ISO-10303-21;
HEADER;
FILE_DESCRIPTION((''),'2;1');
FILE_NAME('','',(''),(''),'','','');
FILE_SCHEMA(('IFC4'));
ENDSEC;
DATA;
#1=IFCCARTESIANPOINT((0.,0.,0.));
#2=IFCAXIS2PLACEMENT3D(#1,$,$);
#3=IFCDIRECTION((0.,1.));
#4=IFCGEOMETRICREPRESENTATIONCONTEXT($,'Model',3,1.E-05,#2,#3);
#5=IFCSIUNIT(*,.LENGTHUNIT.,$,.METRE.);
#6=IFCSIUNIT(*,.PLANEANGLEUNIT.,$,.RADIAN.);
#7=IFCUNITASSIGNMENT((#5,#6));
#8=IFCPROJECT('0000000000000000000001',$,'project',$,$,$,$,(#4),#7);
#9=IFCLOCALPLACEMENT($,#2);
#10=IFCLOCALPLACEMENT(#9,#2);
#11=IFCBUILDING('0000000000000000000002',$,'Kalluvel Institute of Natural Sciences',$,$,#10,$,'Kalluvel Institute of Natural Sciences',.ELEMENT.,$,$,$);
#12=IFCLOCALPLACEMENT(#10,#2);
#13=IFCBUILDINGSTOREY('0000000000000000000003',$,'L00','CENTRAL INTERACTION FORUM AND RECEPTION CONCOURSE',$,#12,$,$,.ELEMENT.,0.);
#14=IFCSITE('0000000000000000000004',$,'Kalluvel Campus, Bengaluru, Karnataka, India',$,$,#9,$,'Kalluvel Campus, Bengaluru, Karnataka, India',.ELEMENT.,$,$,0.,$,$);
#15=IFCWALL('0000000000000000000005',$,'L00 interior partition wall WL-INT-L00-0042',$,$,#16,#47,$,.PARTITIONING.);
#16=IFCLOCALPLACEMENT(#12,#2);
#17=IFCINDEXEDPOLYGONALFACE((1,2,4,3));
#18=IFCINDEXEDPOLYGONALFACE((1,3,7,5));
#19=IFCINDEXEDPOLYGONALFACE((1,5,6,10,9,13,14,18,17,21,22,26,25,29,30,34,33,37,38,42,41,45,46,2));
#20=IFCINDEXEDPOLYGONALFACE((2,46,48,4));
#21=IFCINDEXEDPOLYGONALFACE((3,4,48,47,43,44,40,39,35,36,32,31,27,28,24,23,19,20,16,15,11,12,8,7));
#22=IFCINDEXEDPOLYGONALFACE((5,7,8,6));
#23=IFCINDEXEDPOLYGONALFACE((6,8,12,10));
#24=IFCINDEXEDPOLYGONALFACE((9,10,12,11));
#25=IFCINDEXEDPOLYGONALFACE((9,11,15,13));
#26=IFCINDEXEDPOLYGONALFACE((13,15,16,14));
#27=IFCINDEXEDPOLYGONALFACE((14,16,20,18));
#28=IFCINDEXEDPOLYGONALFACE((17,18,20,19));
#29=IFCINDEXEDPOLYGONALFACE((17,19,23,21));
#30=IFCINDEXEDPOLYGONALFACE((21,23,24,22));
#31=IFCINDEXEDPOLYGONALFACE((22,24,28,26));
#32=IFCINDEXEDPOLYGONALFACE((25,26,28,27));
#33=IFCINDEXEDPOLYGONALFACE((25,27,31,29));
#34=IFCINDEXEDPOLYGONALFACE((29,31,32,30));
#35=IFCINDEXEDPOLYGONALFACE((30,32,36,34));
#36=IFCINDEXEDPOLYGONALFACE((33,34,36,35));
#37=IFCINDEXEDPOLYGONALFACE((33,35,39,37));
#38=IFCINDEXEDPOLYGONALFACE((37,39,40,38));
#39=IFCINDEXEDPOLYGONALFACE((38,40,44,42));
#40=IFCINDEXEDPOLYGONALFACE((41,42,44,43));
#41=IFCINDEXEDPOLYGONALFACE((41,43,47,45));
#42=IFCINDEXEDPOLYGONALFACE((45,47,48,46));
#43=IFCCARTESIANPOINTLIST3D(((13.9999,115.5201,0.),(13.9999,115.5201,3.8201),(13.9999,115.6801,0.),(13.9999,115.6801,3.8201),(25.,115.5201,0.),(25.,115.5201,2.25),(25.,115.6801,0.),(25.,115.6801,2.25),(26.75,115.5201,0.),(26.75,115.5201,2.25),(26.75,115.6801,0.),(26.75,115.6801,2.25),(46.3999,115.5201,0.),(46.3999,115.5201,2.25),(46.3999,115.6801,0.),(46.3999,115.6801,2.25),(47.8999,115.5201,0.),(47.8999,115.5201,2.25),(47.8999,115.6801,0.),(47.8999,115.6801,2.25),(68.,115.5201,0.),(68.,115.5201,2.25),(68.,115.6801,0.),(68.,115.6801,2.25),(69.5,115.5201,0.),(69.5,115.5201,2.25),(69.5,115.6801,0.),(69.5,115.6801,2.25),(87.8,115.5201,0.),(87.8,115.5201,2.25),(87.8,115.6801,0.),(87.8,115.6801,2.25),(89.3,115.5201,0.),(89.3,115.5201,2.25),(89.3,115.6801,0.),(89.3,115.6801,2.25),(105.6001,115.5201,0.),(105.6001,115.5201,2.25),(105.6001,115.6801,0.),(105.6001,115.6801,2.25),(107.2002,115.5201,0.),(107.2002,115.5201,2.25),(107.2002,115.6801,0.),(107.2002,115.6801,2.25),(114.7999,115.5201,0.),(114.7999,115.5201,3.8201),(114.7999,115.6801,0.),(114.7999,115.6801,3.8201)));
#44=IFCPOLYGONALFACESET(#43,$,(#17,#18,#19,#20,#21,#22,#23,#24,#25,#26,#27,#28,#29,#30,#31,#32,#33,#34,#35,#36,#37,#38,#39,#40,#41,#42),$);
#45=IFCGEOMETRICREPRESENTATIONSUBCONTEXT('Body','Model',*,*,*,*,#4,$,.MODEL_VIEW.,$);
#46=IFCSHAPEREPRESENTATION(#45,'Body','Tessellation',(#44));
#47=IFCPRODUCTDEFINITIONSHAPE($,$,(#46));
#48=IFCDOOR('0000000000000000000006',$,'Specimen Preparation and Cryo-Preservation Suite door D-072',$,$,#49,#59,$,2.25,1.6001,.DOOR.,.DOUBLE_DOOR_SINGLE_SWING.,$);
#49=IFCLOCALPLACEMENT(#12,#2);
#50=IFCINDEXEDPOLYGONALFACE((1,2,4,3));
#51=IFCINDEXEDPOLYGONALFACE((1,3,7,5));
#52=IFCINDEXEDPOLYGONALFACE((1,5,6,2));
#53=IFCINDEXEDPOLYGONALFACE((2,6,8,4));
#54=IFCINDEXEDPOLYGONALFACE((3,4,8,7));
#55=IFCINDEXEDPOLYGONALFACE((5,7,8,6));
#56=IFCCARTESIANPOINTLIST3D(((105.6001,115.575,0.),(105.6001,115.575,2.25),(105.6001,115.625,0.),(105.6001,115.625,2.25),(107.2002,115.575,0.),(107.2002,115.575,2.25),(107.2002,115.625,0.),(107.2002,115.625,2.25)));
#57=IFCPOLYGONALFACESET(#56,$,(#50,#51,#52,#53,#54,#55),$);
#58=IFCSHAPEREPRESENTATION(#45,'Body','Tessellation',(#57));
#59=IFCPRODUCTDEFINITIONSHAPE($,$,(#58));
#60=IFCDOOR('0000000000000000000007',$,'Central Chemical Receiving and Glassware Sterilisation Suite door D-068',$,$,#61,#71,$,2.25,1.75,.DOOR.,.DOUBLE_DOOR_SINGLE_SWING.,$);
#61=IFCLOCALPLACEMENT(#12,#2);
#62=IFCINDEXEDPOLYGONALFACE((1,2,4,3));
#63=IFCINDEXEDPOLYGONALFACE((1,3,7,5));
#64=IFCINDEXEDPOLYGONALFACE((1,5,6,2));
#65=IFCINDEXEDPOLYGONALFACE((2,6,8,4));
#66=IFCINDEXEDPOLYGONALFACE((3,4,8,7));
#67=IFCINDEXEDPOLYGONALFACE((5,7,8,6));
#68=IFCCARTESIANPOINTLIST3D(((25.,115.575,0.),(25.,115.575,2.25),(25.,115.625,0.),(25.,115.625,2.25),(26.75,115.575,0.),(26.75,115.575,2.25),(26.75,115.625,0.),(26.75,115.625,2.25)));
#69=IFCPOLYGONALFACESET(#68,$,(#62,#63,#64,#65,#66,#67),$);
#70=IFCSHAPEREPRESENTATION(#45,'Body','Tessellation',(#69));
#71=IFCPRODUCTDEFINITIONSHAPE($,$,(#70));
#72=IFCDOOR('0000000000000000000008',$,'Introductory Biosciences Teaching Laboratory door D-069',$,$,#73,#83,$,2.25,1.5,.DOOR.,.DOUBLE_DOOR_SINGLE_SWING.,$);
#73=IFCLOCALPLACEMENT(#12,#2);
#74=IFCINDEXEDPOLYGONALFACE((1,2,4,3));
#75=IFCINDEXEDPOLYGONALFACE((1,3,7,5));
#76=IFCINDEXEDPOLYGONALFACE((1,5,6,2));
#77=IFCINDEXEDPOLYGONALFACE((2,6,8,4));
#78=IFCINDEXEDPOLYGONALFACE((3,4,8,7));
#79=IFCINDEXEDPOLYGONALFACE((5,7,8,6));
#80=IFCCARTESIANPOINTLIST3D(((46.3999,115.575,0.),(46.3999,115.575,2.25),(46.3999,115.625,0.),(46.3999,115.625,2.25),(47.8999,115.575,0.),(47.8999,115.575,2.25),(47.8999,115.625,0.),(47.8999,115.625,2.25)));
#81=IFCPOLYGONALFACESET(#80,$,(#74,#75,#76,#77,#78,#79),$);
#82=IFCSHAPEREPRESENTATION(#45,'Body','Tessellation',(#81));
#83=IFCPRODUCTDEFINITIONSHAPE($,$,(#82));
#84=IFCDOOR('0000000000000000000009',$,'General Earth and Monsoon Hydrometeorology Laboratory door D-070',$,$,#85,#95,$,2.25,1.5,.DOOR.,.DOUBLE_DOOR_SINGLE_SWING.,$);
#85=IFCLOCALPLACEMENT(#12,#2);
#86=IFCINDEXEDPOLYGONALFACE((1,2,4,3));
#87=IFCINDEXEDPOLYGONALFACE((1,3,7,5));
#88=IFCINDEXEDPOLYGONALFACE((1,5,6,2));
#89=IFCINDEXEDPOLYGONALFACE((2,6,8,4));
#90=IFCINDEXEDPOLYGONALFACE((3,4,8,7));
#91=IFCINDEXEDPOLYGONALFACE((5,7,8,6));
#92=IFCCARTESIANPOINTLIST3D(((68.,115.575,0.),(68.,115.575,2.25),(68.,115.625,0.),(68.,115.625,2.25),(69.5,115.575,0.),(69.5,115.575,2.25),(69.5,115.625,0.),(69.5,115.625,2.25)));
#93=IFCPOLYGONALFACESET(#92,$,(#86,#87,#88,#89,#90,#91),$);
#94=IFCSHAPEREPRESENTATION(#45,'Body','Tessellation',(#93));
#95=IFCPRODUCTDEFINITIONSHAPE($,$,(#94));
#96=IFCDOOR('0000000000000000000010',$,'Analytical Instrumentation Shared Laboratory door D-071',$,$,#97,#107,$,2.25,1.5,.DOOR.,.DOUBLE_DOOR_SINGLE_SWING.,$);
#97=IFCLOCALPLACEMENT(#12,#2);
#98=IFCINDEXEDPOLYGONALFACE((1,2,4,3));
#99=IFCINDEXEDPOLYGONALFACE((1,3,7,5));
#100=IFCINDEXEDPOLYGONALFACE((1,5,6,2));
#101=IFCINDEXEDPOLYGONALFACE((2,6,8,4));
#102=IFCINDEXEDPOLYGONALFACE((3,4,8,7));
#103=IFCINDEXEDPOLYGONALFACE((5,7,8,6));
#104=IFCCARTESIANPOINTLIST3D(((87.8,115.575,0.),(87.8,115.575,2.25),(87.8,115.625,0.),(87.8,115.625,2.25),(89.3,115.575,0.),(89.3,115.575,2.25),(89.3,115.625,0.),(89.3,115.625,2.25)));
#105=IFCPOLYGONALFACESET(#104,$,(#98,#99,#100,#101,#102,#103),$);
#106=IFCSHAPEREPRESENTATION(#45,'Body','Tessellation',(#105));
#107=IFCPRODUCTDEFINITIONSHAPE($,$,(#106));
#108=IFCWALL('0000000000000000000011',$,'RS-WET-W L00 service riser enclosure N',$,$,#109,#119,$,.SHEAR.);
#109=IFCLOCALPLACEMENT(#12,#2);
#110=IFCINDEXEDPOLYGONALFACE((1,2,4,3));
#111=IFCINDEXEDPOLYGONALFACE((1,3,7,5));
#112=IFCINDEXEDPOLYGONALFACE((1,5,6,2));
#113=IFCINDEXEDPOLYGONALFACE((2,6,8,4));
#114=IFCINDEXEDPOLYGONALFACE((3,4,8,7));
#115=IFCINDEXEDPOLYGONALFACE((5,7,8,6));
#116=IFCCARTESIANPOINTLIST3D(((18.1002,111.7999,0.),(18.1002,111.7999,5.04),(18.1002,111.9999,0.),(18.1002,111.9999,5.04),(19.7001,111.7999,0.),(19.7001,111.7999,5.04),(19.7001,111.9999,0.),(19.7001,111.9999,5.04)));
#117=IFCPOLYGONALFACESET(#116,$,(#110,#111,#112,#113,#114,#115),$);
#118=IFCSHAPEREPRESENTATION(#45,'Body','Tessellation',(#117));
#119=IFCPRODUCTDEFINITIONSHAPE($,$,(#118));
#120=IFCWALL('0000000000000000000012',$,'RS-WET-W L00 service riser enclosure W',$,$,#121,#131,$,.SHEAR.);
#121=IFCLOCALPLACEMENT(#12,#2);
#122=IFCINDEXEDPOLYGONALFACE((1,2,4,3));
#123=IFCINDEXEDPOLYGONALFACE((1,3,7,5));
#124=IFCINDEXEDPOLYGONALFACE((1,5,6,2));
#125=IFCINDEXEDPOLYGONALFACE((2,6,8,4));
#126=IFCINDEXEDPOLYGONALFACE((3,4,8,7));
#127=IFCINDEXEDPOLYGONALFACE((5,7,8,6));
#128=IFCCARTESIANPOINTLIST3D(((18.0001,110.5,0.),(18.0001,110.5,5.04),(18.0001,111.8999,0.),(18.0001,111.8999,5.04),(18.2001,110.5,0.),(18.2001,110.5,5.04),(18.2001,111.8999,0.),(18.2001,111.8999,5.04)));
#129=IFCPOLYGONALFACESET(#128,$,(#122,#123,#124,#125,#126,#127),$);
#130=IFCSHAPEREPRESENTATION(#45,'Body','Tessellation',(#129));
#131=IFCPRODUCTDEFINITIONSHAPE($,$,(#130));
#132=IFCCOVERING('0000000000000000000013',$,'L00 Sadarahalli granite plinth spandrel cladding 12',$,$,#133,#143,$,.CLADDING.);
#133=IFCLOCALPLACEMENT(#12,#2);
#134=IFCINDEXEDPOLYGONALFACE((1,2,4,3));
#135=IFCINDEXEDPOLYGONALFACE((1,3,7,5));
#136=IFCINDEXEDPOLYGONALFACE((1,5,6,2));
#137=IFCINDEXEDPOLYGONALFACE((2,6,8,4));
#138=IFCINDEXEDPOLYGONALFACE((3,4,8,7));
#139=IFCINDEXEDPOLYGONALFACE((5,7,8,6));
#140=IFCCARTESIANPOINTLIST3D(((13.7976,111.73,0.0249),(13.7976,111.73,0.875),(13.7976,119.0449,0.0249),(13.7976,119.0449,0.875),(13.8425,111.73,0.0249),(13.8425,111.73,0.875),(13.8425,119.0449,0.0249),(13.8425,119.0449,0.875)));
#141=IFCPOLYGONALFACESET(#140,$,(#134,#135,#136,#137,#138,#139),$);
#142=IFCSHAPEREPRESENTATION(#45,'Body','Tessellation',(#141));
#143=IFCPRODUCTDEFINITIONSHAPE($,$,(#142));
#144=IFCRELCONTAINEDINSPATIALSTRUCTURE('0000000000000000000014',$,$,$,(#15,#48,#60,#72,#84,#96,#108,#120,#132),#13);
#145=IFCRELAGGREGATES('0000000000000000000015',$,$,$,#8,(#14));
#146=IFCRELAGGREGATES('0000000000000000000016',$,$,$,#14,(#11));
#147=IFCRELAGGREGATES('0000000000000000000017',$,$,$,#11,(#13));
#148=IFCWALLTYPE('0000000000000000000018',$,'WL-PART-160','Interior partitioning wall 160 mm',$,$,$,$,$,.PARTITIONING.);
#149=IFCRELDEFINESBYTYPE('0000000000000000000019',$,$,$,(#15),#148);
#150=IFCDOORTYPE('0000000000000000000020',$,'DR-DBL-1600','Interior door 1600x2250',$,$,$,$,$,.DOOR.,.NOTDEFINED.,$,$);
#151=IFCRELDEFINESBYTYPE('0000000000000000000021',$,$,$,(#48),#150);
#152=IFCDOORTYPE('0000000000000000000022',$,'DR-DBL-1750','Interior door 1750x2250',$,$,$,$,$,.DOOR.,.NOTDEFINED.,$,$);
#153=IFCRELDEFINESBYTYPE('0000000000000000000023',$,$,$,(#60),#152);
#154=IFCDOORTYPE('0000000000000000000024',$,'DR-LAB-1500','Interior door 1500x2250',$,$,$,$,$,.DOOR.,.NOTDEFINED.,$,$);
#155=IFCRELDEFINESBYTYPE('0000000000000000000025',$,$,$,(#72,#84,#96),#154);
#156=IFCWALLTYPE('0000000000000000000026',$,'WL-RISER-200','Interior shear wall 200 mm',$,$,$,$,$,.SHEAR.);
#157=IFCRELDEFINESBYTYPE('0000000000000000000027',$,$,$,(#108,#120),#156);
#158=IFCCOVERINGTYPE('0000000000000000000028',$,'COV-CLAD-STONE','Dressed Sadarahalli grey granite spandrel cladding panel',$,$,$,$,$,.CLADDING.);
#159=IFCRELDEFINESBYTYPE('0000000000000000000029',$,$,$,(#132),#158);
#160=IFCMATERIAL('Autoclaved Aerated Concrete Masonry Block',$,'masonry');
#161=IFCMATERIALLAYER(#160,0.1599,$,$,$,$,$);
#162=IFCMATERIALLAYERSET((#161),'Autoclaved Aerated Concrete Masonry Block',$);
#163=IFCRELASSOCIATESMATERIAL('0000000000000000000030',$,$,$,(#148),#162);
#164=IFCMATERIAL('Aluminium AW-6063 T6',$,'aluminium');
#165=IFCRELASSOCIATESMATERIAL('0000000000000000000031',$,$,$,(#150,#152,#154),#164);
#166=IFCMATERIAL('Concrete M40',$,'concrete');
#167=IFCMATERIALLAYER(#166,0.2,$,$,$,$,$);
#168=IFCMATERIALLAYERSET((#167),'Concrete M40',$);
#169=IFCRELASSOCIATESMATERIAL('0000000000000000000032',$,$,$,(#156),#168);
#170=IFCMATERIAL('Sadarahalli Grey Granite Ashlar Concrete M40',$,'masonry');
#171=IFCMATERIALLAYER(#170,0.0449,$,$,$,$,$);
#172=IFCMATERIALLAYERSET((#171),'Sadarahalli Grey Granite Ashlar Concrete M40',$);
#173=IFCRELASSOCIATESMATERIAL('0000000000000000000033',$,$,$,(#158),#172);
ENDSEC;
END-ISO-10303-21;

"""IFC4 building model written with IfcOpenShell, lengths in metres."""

from ifc_helpers import new_model, si_unit, direction, frame, frame_2d, origin, origin_2d, place, context, subcontext, project, spatial, rectangle, extrude, material, layer, layer_set, type_object, element, fill, save


model = new_model("IFC4")

# Units and contexts
model_context = context("Model", 3, precision=1e-05, world=origin(), true_north=direction((0.0, 1.0)))
body_context = subcontext(model_context, "Body", "Model", "MODEL_VIEW")
ifc_project = project(units=[si_unit("LENGTHUNIT", "METRE"), si_unit("PLANEANGLEUNIT", "RADIAN")], contexts=[model_context])

# Site, building, storey
site_placement = place(None, origin())
site = spatial("IfcSite", under=ifc_project, at=site_placement, Name="Kalluvel Campus, Bengaluru, Karnataka, India", LongName="Kalluvel Campus, Bengaluru, Karnataka, India", CompositionType="ELEMENT", RefElevation=0.0)
building_placement = place(site_placement, origin())
building = spatial("IfcBuilding", under=site, at=building_placement, Name="Kalluvel Institute of Natural Sciences", LongName="Kalluvel Institute of Natural Sciences", CompositionType="ELEMENT")
storey_placement = place(building_placement, origin())
storey = spatial("IfcBuildingStorey", under=building, at=storey_placement, Name="L00", Description="CENTRAL INTERACTION FORUM AND RECEPTION CONCOURSE", CompositionType="ELEMENT", Elevation=0.0)

# Shared definitions
ifc_material_1 = material(Name="Concrete M40", Category="concrete")

# Shared definitions
ifc_material_2 = material(Name="Sadarahalli Grey Granite Ashlar Concrete M40", Category="masonry")

# Wall, openings, doors
ifc_material_3 = material(Name="Autoclaved Aerated Concrete Masonry Block", Category="masonry")
ifc_layer_1 = layer(ifc_material_3, 0.1599)
ifc_layer_set_1 = layer_set([ifc_layer_1], Name="Autoclaved Aerated Concrete Masonry Block")
wall_type_1 = type_object("IfcWallType", Name="WL-PART-160", Description="Interior partitioning wall 160 mm", PredefinedType="PARTITIONING", material=ifc_layer_set_1)
wall_1_placement = place(storey_placement, frame((14.0, 115.6001, 0.0), z_axis=(0.0, 0.0, 1.0), x_axis=(1.0, 0.0, 0.0)))
wall_1 = element("IfcWall", 1, at=wall_1_placement, inside=storey, type_object=wall_type_1, Name="L00 interior partition wall WL-INT-L00-0042", PredefinedType="PARTITIONING", context=body_context, shape_type="SweptSolid", body=[
    extrude(rectangle(XDim=100.8, YDim=0.1599, at=frame_2d((50.3999, 0.0))), origin(), (0.0, 0.0, 1.0), 3.8201),
])
opening_1_placement = place(wall_1_placement, frame((11.0, 0.0, 0.0)))
opening_1 = element("IfcOpeningElement", 2, at=opening_1_placement, cuts=wall_1, PredefinedType="OPENING", context=body_context, shape_type="SweptSolid", body=[
    extrude(rectangle(XDim=1.75, YDim=2.25, at=frame_2d((0.875, 1.125))), frame((0.0, 0.0898, 0.0), z_axis=(0.0, -1.0, 0.0), x_axis=(1.0, 0.0, 0.0)), (0.0, 0.0, 1.0), 0.1799),
])
opening_2_placement = place(wall_1_placement, frame((32.3999, 0.0, 0.0)))
opening_2 = element("IfcOpeningElement", 3, at=opening_2_placement, cuts=wall_1, PredefinedType="OPENING", context=body_context, shape_type="SweptSolid", body=[
    extrude(rectangle(XDim=1.5, YDim=2.25, at=frame_2d((0.75, 1.125))), frame((0.0, 0.0898, 0.0), z_axis=(0.0, -1.0, 0.0), x_axis=(1.0, 0.0, 0.0)), (0.0, 0.0, 1.0), 0.1799),
])
opening_3_placement = place(wall_1_placement, frame((54.0, 0.0, 0.0)))
opening_3 = element("IfcOpeningElement", 4, at=opening_3_placement, cuts=wall_1, PredefinedType="OPENING", context=body_context, shape_type="SweptSolid", body=[
    extrude(rectangle(XDim=1.5, YDim=2.25, at=frame_2d((0.75, 1.125))), frame((0.0, 0.0898, 0.0), z_axis=(0.0, -1.0, 0.0), x_axis=(1.0, 0.0, 0.0)), (0.0, 0.0, 1.0), 0.1799),
])
opening_4_placement = place(wall_1_placement, frame((73.8, 0.0, 0.0)))
opening_4 = element("IfcOpeningElement", 5, at=opening_4_placement, cuts=wall_1, PredefinedType="OPENING", context=body_context, shape_type="SweptSolid", body=[
    extrude(rectangle(XDim=1.5, YDim=2.25, at=frame_2d((0.75, 1.125))), frame((0.0, 0.0898, 0.0), z_axis=(0.0, -1.0, 0.0), x_axis=(1.0, 0.0, 0.0)), (0.0, 0.0, 1.0), 0.1799),
])
opening_5_placement = place(wall_1_placement, frame((91.6001, 0.0, 0.0)))
opening_5 = element("IfcOpeningElement", 6, at=opening_5_placement, cuts=wall_1, PredefinedType="OPENING", context=body_context, shape_type="SweptSolid", body=[
    extrude(rectangle(XDim=1.6001, YDim=2.25, at=frame_2d((0.8, 1.125))), frame((0.0, 0.0898, 0.0), z_axis=(0.0, -1.0, 0.0), x_axis=(1.0, 0.0, 0.0)), (0.0, 0.0, 1.0), 0.1799),
])
ifc_material_4 = material(Name="Aluminium AW-6063 T6", Category="aluminium")
door_type_1 = type_object("IfcDoorType", Name="DR-DBL-1600", Description="Interior door 1600x2250", OperationType="NOTDEFINED", PredefinedType="DOOR", material=ifc_material_4)
door_1_placement = place(opening_5_placement, origin())
door_1 = element("IfcDoor", 7, at=door_1_placement, inside=storey, type_object=door_type_1, Name="Specimen Preparation and Cryo-Preservation Suite door D-072", OperationType="DOUBLE_DOOR_SINGLE_SWING", OverallHeight=2.25, OverallWidth=1.6001, PredefinedType="DOOR", context=body_context, shape_type="SweptSolid", body=[
    extrude(rectangle(XDim=1.6001, YDim=2.25, at=frame_2d((0.8, 1.125))), frame((0.0, 0.0249, 0.0), z_axis=(0.0, -1.0, 0.0), x_axis=(1.0, 0.0, 0.0)), (0.0, 0.0, 1.0), 0.05),
])
fill(opening_5, door_1)
door_type_2 = type_object("IfcDoorType", Name="DR-DBL-1750", Description="Interior door 1750x2250", OperationType="NOTDEFINED", PredefinedType="DOOR", material=ifc_material_4)
door_2_placement = place(opening_1_placement, origin())
door_2 = element("IfcDoor", 8, at=door_2_placement, inside=storey, type_object=door_type_2, Name="Central Chemical Receiving and Glassware Sterilisation Suite door D-068", OperationType="DOUBLE_DOOR_SINGLE_SWING", OverallHeight=2.25, OverallWidth=1.75, PredefinedType="DOOR", context=body_context, shape_type="SweptSolid", body=[
    extrude(rectangle(XDim=1.75, YDim=2.25, at=frame_2d((0.875, 1.125))), frame((0.0, 0.0249, 0.0), z_axis=(0.0, -1.0, 0.0), x_axis=(1.0, 0.0, 0.0)), (0.0, 0.0, 1.0), 0.05),
])
fill(opening_1, door_2)
door_type_3 = type_object("IfcDoorType", Name="DR-LAB-1500", Description="Interior door 1500x2250", OperationType="NOTDEFINED", PredefinedType="DOOR", material=ifc_material_4)
door_3_placement = place(opening_2_placement, origin())
door_3 = element("IfcDoor", 9, at=door_3_placement, inside=storey, type_object=door_type_3, Name="Introductory Biosciences Teaching Laboratory door D-069", OperationType="DOUBLE_DOOR_SINGLE_SWING", OverallHeight=2.25, OverallWidth=1.5, PredefinedType="DOOR", context=body_context, shape_type="SweptSolid", body=[
    extrude(rectangle(XDim=1.5, YDim=2.25, at=frame_2d((0.75, 1.125))), frame((0.0, 0.0249, 0.0), z_axis=(0.0, -1.0, 0.0), x_axis=(1.0, 0.0, 0.0)), (0.0, 0.0, 1.0), 0.05),
])
fill(opening_2, door_3)
door_4_placement = place(opening_3_placement, origin())
door_4 = element("IfcDoor", 10, at=door_4_placement, inside=storey, type_object=door_type_3, Name="General Earth and Monsoon Hydrometeorology Laboratory door D-070", OperationType="DOUBLE_DOOR_SINGLE_SWING", OverallHeight=2.25, OverallWidth=1.5, PredefinedType="DOOR", context=body_context, shape_type="SweptSolid", body=[
    extrude(rectangle(XDim=1.5, YDim=2.25, at=frame_2d((0.75, 1.125))), frame((0.0, 0.0249, 0.0), z_axis=(0.0, -1.0, 0.0), x_axis=(1.0, 0.0, 0.0)), (0.0, 0.0, 1.0), 0.05),
])
fill(opening_3, door_4)
door_5_placement = place(opening_4_placement, origin())
door_5 = element("IfcDoor", 11, at=door_5_placement, inside=storey, type_object=door_type_3, Name="Analytical Instrumentation Shared Laboratory door D-071", OperationType="DOUBLE_DOOR_SINGLE_SWING", OverallHeight=2.25, OverallWidth=1.5, PredefinedType="DOOR", context=body_context, shape_type="SweptSolid", body=[
    extrude(rectangle(XDim=1.5, YDim=2.25, at=frame_2d((0.75, 1.125))), frame((0.0, 0.0249, 0.0), z_axis=(0.0, -1.0, 0.0), x_axis=(1.0, 0.0, 0.0)), (0.0, 0.0, 1.0), 0.05),
])
fill(opening_4, door_5)

# Walls
ifc_layer_2 = layer(ifc_material_1, 0.2)
ifc_layer_set_2 = layer_set([ifc_layer_2], Name="Concrete M40")
wall_type_2 = type_object("IfcWallType", Name="WL-RISER-200", Description="Interior shear wall 200 mm", PredefinedType="SHEAR", material=ifc_layer_set_2)
wall_2_placement = place(storey_placement, frame((19.7, 111.8999, 0.0), z_axis=(0.0, 0.0, 1.0), x_axis=(-1.0, 0.0, 0.0)))
element("IfcWall", 12, at=wall_2_placement, inside=storey, type_object=wall_type_2, Name="RS-WET-W L00 service riser enclosure N", PredefinedType="SHEAR", context=body_context, shape_type="SweptSolid", body=[
    extrude(rectangle(XDim=1.5999, YDim=0.2, at=frame_2d((0.7998, 0.0))), origin(), (0.0, 0.0, 1.0), 5.04),
])
wall_3_placement = place(storey_placement, frame((18.1001, 111.8999, 0.0), z_axis=(0.0, 0.0, 1.0), x_axis=(0.0, -1.0, 0.0)))
element("IfcWall", 13, at=wall_3_placement, inside=storey, type_object=wall_type_2, Name="RS-WET-W L00 service riser enclosure W", PredefinedType="SHEAR", context=body_context, shape_type="SweptSolid", body=[
    extrude(rectangle(XDim=1.3999, YDim=0.2, at=frame_2d((0.7, 0.0))), origin(), (0.0, 0.0, 1.0), 5.04),
])

# Covering
ifc_layer_3 = layer(ifc_material_2, 0.0449)
ifc_layer_set_3 = layer_set([ifc_layer_3], Name="Sadarahalli Grey Granite Ashlar Concrete M40")
covering_type = type_object("IfcCoveringType", Name="COV-CLAD-STONE", Description="Dressed Sadarahalli grey granite spandrel cladding panel", PredefinedType="CLADDING", material=ifc_layer_set_3)
covering_placement = place(storey_placement, frame((13.8201, 115.3875, 0.0249), z_axis=(0.0, 0.0, 1.0), x_axis=(0.0, 1.0, 0.0)))
element("IfcCovering", 14, at=covering_placement, inside=storey, type_object=covering_type, Name="L00 Sadarahalli granite plinth spandrel cladding 12", PredefinedType="CLADDING", context=body_context, shape_type="SweptSolid", body=[
    extrude(rectangle(XDim=7.3149, YDim=0.0449, at=origin_2d()), origin(), (0.0, 0.0, 1.0), 0.8501),
])

save(model, "model.ifc")
